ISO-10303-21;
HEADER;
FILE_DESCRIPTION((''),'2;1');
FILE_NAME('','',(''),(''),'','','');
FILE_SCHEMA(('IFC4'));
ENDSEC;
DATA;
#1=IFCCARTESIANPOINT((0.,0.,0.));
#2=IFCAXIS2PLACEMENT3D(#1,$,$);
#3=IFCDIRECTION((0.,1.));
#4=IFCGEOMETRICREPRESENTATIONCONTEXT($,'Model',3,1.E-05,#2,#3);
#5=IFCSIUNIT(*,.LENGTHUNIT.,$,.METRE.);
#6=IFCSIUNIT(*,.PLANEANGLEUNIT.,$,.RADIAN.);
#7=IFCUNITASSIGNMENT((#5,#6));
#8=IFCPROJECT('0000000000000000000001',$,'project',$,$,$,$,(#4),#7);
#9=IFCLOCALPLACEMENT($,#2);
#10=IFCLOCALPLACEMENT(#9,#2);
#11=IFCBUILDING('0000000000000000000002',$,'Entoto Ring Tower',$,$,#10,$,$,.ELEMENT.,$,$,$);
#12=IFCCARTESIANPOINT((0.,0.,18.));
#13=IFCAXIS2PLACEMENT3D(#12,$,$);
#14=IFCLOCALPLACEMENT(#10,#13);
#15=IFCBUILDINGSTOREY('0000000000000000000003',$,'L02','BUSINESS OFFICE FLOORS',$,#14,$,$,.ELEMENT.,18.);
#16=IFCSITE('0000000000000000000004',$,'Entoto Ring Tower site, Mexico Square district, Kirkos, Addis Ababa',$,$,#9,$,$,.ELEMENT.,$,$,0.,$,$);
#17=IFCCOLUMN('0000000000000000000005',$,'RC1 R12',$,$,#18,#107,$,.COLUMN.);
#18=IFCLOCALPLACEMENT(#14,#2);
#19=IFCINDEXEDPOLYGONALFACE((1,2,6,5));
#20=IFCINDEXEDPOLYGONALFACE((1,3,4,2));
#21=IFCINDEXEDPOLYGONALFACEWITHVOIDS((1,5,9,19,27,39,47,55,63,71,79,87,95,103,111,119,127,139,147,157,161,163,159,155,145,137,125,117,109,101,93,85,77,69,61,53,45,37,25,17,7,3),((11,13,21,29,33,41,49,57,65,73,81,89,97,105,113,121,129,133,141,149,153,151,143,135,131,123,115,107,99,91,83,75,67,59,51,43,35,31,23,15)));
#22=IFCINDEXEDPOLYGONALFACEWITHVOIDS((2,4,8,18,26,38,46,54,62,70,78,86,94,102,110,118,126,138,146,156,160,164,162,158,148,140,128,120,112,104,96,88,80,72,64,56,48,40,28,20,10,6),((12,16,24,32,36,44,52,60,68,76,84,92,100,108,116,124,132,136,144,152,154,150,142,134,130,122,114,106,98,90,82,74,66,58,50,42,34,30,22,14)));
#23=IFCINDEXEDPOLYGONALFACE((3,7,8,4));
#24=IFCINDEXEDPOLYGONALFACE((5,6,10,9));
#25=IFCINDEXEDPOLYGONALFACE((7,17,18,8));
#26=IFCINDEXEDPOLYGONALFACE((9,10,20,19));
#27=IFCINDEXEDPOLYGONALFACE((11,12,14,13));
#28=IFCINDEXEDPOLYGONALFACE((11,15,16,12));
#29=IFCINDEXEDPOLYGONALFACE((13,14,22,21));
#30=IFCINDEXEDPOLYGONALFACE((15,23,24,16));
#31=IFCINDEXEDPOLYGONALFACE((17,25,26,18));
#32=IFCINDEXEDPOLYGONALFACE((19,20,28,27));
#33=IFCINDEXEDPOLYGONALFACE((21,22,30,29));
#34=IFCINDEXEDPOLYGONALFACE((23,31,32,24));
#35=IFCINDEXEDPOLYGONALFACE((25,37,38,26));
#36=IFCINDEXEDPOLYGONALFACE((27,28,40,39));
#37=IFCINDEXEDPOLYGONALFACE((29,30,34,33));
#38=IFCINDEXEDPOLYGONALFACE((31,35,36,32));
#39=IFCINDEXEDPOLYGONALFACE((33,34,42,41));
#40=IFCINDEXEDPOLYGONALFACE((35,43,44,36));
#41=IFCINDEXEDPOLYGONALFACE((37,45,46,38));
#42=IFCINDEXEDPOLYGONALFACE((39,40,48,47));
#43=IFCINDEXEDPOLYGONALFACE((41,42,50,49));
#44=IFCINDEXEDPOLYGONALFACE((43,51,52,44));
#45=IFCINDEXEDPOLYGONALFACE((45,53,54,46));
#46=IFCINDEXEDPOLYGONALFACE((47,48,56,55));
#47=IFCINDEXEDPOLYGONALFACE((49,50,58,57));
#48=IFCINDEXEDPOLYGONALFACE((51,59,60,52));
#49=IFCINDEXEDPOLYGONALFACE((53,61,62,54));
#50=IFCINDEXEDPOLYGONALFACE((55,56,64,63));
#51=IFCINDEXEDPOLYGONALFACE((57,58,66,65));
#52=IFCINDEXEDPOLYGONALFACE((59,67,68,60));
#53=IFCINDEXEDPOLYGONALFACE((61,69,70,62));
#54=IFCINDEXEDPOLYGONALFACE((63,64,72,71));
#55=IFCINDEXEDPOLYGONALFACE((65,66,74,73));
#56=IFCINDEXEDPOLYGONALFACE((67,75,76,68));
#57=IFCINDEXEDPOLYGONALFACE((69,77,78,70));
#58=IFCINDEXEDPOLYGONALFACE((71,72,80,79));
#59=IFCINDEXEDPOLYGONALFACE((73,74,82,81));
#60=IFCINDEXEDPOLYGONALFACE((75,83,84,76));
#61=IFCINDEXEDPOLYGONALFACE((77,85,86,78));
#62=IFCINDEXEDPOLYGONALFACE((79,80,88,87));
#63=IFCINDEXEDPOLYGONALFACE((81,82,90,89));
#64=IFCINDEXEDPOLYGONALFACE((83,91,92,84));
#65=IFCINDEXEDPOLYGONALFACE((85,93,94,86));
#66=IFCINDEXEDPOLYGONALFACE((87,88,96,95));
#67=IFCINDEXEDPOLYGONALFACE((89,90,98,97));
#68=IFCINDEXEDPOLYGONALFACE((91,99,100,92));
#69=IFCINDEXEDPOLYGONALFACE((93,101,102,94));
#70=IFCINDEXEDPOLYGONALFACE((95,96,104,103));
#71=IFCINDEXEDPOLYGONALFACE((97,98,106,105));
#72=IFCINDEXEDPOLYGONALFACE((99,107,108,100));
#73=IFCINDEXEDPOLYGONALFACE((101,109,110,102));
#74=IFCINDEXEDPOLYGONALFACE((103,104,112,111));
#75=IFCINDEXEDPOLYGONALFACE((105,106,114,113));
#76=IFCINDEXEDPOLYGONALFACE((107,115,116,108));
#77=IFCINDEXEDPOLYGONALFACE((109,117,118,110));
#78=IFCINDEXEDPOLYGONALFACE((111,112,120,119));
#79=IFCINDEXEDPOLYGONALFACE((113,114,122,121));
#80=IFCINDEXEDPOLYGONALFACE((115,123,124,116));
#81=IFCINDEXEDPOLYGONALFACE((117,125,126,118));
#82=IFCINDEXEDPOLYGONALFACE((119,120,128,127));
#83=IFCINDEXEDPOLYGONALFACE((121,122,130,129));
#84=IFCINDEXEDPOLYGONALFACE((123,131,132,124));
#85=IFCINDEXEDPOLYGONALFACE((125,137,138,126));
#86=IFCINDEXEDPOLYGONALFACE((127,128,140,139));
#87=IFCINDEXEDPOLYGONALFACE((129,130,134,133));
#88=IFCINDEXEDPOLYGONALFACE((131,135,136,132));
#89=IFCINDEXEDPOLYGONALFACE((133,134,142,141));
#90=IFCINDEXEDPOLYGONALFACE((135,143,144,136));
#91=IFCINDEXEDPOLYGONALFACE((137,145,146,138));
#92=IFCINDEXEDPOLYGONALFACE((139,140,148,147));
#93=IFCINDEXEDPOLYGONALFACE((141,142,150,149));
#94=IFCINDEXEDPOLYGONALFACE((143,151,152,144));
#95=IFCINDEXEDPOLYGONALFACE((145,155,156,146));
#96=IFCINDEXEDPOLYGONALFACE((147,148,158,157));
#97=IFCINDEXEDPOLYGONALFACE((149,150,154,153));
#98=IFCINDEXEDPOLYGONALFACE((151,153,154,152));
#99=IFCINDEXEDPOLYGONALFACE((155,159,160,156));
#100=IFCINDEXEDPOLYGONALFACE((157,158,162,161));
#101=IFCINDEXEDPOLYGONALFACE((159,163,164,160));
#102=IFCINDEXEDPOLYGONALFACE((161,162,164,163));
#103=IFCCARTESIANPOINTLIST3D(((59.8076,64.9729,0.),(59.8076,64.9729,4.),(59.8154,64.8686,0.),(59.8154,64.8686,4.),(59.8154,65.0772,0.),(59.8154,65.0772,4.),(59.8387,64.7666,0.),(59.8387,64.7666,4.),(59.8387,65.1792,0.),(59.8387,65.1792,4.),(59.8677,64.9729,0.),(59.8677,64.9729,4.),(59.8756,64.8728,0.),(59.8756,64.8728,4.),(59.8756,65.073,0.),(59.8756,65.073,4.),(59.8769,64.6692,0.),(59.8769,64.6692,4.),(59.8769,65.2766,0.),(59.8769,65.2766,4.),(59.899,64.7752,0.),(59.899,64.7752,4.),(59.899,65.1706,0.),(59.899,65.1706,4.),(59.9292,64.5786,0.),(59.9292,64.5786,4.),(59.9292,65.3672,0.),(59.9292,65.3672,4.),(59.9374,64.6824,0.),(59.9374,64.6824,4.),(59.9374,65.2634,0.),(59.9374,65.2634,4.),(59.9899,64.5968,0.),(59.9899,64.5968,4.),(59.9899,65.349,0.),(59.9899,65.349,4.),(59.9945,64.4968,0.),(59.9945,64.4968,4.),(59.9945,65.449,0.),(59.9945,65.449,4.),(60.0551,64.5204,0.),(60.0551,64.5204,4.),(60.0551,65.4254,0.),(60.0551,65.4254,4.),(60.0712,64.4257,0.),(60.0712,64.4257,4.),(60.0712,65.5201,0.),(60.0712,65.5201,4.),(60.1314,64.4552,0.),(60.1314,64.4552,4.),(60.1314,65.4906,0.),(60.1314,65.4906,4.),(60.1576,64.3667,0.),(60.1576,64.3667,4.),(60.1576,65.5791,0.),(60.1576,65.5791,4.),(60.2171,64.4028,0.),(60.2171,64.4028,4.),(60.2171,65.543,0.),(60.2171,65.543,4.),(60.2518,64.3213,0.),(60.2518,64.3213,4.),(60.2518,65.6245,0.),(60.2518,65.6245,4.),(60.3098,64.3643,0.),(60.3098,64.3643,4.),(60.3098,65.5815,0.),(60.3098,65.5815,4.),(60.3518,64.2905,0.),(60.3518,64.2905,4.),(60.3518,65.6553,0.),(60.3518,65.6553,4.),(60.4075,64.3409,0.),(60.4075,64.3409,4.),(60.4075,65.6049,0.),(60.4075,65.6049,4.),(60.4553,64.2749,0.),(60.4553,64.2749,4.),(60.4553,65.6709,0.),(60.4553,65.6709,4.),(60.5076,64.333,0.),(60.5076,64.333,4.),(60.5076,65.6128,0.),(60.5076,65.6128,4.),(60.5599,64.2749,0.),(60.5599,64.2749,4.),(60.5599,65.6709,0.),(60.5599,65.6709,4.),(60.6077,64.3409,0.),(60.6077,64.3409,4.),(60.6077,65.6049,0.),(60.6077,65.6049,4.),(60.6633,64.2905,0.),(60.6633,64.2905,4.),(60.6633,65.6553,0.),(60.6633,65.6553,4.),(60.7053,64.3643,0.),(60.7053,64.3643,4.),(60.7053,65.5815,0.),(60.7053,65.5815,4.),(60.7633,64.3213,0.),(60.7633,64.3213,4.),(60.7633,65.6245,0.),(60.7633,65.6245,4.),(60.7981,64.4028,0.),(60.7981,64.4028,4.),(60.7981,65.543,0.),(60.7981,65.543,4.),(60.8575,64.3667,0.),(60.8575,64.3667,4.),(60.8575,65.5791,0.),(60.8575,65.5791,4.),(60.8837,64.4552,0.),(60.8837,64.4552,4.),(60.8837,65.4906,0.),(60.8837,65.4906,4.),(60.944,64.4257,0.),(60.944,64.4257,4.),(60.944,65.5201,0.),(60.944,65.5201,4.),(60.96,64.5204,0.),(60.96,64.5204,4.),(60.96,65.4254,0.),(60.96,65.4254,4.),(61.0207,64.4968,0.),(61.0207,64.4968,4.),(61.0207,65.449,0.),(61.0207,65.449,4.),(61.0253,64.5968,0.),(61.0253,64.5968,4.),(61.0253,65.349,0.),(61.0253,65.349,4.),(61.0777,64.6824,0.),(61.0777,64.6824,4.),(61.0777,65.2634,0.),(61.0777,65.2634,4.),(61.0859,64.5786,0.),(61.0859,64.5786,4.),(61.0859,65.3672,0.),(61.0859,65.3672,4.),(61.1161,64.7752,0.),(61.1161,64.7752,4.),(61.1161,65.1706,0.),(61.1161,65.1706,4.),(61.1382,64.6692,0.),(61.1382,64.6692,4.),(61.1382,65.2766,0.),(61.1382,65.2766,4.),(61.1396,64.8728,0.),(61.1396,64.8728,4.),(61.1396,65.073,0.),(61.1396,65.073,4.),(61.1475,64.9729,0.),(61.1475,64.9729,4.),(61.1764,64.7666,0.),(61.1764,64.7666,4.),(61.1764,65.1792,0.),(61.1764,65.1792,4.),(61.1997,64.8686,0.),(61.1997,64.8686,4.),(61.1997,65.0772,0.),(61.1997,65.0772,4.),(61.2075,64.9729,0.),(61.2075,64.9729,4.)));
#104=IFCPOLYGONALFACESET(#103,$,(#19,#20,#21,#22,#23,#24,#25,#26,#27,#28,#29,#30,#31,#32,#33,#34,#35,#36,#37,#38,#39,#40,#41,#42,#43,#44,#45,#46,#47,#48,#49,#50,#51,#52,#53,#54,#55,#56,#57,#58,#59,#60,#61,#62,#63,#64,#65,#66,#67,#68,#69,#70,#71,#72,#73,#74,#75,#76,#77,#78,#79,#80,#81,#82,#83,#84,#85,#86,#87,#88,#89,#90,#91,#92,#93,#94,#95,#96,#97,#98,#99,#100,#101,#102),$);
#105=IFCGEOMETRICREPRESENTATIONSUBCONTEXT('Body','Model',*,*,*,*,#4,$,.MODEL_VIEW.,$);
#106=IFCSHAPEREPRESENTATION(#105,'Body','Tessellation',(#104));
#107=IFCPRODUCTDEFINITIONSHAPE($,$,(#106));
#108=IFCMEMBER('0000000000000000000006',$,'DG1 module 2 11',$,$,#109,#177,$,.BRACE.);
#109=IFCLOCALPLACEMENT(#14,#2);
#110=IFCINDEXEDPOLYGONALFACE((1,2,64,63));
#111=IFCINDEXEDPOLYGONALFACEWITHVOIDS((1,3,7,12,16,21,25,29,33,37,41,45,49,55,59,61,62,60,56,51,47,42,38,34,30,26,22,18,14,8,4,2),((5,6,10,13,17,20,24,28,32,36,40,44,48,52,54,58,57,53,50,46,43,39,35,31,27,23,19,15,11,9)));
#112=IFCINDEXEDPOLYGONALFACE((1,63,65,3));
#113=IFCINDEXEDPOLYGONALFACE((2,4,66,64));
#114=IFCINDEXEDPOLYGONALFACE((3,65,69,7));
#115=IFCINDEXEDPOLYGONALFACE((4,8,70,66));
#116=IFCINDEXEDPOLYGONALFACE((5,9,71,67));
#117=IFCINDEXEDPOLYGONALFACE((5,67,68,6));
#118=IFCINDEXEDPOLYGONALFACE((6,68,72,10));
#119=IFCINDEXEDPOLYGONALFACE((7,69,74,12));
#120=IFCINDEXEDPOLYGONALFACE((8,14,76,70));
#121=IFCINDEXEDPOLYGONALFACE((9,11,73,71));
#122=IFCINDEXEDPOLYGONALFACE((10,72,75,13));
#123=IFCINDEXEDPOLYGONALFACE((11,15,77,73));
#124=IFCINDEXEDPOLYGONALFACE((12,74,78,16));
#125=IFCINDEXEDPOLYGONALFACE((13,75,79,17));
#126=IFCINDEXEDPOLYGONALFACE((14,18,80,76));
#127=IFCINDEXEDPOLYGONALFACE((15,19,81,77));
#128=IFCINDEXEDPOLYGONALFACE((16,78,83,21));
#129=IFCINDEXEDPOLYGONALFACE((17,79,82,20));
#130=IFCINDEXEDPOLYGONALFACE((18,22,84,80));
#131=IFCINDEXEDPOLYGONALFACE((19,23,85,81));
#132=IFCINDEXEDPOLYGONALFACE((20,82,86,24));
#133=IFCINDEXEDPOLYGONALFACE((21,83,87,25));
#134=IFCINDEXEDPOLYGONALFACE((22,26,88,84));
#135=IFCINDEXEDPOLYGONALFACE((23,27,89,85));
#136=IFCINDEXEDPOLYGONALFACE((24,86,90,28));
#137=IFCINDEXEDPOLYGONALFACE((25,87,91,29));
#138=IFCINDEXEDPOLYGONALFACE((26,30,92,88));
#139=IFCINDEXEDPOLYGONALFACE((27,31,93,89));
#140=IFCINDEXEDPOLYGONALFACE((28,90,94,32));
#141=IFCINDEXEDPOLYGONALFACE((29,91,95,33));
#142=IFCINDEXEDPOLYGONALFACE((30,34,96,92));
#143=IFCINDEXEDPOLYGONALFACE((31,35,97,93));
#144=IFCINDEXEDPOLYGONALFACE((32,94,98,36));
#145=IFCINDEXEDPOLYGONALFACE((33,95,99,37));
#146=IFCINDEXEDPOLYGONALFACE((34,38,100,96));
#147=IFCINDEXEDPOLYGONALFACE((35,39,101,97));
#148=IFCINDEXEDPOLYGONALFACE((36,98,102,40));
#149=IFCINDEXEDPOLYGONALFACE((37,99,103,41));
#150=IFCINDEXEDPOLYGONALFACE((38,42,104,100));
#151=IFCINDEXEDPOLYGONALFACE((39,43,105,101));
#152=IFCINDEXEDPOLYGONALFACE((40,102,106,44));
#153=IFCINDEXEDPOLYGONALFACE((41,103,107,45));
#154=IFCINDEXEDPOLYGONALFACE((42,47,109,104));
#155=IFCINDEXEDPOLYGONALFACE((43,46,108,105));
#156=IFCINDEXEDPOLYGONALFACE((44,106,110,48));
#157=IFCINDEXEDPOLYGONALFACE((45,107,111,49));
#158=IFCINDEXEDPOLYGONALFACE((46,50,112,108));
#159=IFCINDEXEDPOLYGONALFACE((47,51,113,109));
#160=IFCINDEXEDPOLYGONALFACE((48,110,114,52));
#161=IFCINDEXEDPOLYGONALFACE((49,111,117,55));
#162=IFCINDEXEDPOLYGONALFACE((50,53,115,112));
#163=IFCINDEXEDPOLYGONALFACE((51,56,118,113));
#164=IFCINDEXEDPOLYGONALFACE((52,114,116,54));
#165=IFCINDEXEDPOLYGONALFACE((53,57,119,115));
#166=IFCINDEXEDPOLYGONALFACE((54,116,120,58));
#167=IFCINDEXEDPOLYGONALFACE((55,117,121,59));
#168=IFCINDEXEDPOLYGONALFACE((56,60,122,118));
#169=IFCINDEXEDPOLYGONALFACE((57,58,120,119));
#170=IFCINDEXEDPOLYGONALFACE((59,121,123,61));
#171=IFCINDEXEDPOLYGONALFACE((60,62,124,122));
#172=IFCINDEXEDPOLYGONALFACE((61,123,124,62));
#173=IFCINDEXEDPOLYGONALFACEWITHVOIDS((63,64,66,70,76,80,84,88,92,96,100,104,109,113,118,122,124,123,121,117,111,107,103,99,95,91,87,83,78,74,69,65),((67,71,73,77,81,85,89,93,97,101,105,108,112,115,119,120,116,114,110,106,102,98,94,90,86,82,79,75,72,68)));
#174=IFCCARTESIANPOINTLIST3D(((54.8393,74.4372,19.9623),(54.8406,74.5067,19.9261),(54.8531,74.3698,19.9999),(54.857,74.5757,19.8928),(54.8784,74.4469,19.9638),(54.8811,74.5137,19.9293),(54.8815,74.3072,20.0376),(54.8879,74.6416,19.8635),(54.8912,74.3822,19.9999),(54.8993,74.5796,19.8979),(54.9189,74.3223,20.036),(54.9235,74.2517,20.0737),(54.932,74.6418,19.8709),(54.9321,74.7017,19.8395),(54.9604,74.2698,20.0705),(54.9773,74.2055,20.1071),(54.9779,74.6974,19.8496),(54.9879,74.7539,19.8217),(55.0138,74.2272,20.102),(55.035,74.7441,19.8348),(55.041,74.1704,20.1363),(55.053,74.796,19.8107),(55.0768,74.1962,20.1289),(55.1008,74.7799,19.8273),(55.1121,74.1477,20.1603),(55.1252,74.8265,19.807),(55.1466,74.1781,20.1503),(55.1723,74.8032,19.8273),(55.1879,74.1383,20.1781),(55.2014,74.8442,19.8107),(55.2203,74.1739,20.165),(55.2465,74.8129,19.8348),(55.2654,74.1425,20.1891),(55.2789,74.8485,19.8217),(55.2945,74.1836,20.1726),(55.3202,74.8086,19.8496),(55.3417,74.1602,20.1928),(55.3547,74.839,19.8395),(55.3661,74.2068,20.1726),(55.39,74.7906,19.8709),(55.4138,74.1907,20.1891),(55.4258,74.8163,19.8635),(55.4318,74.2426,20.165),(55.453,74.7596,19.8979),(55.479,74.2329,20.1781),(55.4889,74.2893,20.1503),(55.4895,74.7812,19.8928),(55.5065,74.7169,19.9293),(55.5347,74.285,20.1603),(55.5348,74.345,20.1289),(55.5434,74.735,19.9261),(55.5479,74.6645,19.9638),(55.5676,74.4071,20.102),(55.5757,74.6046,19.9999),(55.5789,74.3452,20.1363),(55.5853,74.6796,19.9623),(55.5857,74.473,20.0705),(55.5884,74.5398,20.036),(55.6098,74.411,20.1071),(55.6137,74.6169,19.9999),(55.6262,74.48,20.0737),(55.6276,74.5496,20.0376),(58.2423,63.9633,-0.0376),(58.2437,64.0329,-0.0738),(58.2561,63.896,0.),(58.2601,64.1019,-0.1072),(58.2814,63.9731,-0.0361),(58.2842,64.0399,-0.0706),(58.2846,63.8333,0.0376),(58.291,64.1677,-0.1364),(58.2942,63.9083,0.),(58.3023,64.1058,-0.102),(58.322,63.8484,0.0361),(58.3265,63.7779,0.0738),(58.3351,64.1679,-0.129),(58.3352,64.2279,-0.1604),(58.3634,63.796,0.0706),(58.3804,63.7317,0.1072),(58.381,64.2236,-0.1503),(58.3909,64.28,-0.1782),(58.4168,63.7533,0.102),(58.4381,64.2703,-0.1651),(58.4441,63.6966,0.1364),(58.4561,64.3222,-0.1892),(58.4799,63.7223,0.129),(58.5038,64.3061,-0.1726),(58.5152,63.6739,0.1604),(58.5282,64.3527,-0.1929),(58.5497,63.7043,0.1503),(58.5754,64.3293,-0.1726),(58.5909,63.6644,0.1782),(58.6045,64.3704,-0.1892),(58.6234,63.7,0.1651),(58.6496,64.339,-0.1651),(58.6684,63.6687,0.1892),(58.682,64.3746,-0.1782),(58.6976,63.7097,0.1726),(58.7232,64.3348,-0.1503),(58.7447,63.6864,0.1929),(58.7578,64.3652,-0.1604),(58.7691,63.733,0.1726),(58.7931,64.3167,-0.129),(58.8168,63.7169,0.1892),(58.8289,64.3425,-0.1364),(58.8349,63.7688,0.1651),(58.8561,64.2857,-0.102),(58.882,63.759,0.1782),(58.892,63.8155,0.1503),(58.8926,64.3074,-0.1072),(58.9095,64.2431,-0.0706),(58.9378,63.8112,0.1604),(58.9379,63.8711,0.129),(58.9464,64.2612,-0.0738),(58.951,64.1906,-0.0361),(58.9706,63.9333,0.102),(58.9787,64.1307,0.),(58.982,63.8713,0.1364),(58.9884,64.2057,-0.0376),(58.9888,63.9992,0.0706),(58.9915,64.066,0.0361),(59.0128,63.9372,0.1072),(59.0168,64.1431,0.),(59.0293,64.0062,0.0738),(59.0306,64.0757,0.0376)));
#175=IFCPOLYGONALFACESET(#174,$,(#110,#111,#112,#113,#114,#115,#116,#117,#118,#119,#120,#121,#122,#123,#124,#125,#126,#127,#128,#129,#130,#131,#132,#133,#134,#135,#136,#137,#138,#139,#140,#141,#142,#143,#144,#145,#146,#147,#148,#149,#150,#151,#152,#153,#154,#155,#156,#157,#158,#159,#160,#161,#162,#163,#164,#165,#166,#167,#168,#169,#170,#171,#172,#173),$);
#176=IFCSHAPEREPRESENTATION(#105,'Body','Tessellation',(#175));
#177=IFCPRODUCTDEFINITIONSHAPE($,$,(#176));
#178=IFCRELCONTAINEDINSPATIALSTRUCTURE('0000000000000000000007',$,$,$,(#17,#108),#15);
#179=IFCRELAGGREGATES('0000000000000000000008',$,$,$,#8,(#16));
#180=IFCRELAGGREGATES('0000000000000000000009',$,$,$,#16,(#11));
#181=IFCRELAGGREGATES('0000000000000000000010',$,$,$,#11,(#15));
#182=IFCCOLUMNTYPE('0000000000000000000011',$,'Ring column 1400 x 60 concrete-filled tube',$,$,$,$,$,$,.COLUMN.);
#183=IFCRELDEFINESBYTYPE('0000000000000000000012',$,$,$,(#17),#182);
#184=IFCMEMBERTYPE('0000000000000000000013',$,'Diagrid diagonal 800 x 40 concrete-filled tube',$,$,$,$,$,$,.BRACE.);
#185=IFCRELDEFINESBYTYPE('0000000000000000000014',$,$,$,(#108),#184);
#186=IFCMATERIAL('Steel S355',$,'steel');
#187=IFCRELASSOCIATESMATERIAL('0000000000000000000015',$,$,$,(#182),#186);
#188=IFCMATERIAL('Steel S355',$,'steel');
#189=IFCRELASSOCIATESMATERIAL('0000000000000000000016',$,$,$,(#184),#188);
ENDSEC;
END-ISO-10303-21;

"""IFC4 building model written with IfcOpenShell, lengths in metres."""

from ifc_helpers import new_model, si_unit, direction, frame, origin, origin_2d, place, context, subcontext, project, spatial, circle, hollow_circle, extrude, material, material_profile, profile_set, type_object, element, save


model = new_model("IFC4")

# Units and contexts
model_context = context("Model", 3, precision=1e-05, world=origin(), true_north=direction((0.0, 1.0)))
body_context = subcontext(model_context, "Body", "Model", "MODEL_VIEW")
ifc_project = project(units=[si_unit("LENGTHUNIT", "METRE"), si_unit("PLANEANGLEUNIT", "RADIAN")], contexts=[model_context])

# Site, building, storey
site_placement = place(None, origin())
site = spatial("IfcSite", under=ifc_project, at=site_placement, Name="Entoto Ring Tower site, Mexico Square district, Kirkos, Addis Ababa", CompositionType="ELEMENT", RefElevation=0.0)
building_placement = place(site_placement, origin())
building = spatial("IfcBuilding", under=site, at=building_placement, Name="Entoto Ring Tower", CompositionType="ELEMENT")
storey_placement = place(building_placement, frame((0.0, 0.0, 18.0)))
storey = spatial("IfcBuildingStorey", under=building, at=storey_placement, Name="L02", Description="BUSINESS OFFICE FLOORS", CompositionType="ELEMENT", Elevation=18.0)

# Column
ifc_material_1 = material(Name="Steel S355", Category="steel")
ifc_material_profile_1 = material_profile(ifc_material_1, hollow_circle(Radius=0.7, WallThickness=0.0601, at=origin_2d()), Name="CHS 1400 x 60")
ifc_material_2 = material(Name="Concrete C60/75", Category="concrete")
ifc_material_profile_2 = material_profile(ifc_material_2, circle(Radius=0.6399, at=origin_2d()), Name="Concrete C60/75 infill")
ifc_profile_set_1 = profile_set([ifc_material_profile_1, ifc_material_profile_2], Name="Steel S355")
column_type = type_object("IfcColumnType", Name="Ring column 1400 x 60 concrete-filled tube", PredefinedType="COLUMN", material=ifc_profile_set_1)
column_placement = place(storey_placement, frame((60.5076, 64.9729, 0.0), z_axis=(0.0, 0.0, 1.0), x_axis=(1.0, 0.0, 0.0)))
element("IfcColumn", 1, at=column_placement, inside=storey, type_object=column_type, Name="RC1 R12", PredefinedType="COLUMN", context=body_context, shape_type="SweptSolid", body=[
    extrude(hollow_circle(Radius=0.7, WallThickness=0.0601, at=origin_2d()), origin(), (0.0, 0.0, 1.0), 4.0),
])

# Member
ifc_material_3 = material(Name="Steel S355", Category="steel")
ifc_material_profile_3 = material_profile(ifc_material_3, hollow_circle(Radius=0.3999, WallThickness=0.04, at=origin_2d()), Name="CHS 800 x 40")
ifc_material_4 = material(Name="Concrete C60/75", Category="concrete")
ifc_material_profile_4 = material_profile(ifc_material_4, circle(Radius=0.3601, at=origin_2d()), Name="Concrete C60/75 infill")
ifc_profile_set_2 = profile_set([ifc_material_profile_3, ifc_material_profile_4], Name="Steel S355")
member_type = type_object("IfcMemberType", Name="Diagrid diagonal 800 x 40 concrete-filled tube", PredefinedType="BRACE", material=ifc_profile_set_2)
member_1_placement = place(storey_placement, frame((58.6365, 64.0195, 0.0), z_axis=(-0.149051, 0.458744, 0.875978), x_axis=(-0.951059, -0.309009, 0.0)))
element("IfcMember", 2, at=member_1_placement, inside=storey, type_object=member_type, Name="DG1 module 2 11", PredefinedType="BRACE", context=body_context, shape_type="SweptSolid", body=[
    extrude(hollow_circle(Radius=0.3999, WallThickness=0.04, at=origin_2d()), origin(), (0.0, 0.0, 1.0), 22.8315),
])

save(model, "model.ifc")
